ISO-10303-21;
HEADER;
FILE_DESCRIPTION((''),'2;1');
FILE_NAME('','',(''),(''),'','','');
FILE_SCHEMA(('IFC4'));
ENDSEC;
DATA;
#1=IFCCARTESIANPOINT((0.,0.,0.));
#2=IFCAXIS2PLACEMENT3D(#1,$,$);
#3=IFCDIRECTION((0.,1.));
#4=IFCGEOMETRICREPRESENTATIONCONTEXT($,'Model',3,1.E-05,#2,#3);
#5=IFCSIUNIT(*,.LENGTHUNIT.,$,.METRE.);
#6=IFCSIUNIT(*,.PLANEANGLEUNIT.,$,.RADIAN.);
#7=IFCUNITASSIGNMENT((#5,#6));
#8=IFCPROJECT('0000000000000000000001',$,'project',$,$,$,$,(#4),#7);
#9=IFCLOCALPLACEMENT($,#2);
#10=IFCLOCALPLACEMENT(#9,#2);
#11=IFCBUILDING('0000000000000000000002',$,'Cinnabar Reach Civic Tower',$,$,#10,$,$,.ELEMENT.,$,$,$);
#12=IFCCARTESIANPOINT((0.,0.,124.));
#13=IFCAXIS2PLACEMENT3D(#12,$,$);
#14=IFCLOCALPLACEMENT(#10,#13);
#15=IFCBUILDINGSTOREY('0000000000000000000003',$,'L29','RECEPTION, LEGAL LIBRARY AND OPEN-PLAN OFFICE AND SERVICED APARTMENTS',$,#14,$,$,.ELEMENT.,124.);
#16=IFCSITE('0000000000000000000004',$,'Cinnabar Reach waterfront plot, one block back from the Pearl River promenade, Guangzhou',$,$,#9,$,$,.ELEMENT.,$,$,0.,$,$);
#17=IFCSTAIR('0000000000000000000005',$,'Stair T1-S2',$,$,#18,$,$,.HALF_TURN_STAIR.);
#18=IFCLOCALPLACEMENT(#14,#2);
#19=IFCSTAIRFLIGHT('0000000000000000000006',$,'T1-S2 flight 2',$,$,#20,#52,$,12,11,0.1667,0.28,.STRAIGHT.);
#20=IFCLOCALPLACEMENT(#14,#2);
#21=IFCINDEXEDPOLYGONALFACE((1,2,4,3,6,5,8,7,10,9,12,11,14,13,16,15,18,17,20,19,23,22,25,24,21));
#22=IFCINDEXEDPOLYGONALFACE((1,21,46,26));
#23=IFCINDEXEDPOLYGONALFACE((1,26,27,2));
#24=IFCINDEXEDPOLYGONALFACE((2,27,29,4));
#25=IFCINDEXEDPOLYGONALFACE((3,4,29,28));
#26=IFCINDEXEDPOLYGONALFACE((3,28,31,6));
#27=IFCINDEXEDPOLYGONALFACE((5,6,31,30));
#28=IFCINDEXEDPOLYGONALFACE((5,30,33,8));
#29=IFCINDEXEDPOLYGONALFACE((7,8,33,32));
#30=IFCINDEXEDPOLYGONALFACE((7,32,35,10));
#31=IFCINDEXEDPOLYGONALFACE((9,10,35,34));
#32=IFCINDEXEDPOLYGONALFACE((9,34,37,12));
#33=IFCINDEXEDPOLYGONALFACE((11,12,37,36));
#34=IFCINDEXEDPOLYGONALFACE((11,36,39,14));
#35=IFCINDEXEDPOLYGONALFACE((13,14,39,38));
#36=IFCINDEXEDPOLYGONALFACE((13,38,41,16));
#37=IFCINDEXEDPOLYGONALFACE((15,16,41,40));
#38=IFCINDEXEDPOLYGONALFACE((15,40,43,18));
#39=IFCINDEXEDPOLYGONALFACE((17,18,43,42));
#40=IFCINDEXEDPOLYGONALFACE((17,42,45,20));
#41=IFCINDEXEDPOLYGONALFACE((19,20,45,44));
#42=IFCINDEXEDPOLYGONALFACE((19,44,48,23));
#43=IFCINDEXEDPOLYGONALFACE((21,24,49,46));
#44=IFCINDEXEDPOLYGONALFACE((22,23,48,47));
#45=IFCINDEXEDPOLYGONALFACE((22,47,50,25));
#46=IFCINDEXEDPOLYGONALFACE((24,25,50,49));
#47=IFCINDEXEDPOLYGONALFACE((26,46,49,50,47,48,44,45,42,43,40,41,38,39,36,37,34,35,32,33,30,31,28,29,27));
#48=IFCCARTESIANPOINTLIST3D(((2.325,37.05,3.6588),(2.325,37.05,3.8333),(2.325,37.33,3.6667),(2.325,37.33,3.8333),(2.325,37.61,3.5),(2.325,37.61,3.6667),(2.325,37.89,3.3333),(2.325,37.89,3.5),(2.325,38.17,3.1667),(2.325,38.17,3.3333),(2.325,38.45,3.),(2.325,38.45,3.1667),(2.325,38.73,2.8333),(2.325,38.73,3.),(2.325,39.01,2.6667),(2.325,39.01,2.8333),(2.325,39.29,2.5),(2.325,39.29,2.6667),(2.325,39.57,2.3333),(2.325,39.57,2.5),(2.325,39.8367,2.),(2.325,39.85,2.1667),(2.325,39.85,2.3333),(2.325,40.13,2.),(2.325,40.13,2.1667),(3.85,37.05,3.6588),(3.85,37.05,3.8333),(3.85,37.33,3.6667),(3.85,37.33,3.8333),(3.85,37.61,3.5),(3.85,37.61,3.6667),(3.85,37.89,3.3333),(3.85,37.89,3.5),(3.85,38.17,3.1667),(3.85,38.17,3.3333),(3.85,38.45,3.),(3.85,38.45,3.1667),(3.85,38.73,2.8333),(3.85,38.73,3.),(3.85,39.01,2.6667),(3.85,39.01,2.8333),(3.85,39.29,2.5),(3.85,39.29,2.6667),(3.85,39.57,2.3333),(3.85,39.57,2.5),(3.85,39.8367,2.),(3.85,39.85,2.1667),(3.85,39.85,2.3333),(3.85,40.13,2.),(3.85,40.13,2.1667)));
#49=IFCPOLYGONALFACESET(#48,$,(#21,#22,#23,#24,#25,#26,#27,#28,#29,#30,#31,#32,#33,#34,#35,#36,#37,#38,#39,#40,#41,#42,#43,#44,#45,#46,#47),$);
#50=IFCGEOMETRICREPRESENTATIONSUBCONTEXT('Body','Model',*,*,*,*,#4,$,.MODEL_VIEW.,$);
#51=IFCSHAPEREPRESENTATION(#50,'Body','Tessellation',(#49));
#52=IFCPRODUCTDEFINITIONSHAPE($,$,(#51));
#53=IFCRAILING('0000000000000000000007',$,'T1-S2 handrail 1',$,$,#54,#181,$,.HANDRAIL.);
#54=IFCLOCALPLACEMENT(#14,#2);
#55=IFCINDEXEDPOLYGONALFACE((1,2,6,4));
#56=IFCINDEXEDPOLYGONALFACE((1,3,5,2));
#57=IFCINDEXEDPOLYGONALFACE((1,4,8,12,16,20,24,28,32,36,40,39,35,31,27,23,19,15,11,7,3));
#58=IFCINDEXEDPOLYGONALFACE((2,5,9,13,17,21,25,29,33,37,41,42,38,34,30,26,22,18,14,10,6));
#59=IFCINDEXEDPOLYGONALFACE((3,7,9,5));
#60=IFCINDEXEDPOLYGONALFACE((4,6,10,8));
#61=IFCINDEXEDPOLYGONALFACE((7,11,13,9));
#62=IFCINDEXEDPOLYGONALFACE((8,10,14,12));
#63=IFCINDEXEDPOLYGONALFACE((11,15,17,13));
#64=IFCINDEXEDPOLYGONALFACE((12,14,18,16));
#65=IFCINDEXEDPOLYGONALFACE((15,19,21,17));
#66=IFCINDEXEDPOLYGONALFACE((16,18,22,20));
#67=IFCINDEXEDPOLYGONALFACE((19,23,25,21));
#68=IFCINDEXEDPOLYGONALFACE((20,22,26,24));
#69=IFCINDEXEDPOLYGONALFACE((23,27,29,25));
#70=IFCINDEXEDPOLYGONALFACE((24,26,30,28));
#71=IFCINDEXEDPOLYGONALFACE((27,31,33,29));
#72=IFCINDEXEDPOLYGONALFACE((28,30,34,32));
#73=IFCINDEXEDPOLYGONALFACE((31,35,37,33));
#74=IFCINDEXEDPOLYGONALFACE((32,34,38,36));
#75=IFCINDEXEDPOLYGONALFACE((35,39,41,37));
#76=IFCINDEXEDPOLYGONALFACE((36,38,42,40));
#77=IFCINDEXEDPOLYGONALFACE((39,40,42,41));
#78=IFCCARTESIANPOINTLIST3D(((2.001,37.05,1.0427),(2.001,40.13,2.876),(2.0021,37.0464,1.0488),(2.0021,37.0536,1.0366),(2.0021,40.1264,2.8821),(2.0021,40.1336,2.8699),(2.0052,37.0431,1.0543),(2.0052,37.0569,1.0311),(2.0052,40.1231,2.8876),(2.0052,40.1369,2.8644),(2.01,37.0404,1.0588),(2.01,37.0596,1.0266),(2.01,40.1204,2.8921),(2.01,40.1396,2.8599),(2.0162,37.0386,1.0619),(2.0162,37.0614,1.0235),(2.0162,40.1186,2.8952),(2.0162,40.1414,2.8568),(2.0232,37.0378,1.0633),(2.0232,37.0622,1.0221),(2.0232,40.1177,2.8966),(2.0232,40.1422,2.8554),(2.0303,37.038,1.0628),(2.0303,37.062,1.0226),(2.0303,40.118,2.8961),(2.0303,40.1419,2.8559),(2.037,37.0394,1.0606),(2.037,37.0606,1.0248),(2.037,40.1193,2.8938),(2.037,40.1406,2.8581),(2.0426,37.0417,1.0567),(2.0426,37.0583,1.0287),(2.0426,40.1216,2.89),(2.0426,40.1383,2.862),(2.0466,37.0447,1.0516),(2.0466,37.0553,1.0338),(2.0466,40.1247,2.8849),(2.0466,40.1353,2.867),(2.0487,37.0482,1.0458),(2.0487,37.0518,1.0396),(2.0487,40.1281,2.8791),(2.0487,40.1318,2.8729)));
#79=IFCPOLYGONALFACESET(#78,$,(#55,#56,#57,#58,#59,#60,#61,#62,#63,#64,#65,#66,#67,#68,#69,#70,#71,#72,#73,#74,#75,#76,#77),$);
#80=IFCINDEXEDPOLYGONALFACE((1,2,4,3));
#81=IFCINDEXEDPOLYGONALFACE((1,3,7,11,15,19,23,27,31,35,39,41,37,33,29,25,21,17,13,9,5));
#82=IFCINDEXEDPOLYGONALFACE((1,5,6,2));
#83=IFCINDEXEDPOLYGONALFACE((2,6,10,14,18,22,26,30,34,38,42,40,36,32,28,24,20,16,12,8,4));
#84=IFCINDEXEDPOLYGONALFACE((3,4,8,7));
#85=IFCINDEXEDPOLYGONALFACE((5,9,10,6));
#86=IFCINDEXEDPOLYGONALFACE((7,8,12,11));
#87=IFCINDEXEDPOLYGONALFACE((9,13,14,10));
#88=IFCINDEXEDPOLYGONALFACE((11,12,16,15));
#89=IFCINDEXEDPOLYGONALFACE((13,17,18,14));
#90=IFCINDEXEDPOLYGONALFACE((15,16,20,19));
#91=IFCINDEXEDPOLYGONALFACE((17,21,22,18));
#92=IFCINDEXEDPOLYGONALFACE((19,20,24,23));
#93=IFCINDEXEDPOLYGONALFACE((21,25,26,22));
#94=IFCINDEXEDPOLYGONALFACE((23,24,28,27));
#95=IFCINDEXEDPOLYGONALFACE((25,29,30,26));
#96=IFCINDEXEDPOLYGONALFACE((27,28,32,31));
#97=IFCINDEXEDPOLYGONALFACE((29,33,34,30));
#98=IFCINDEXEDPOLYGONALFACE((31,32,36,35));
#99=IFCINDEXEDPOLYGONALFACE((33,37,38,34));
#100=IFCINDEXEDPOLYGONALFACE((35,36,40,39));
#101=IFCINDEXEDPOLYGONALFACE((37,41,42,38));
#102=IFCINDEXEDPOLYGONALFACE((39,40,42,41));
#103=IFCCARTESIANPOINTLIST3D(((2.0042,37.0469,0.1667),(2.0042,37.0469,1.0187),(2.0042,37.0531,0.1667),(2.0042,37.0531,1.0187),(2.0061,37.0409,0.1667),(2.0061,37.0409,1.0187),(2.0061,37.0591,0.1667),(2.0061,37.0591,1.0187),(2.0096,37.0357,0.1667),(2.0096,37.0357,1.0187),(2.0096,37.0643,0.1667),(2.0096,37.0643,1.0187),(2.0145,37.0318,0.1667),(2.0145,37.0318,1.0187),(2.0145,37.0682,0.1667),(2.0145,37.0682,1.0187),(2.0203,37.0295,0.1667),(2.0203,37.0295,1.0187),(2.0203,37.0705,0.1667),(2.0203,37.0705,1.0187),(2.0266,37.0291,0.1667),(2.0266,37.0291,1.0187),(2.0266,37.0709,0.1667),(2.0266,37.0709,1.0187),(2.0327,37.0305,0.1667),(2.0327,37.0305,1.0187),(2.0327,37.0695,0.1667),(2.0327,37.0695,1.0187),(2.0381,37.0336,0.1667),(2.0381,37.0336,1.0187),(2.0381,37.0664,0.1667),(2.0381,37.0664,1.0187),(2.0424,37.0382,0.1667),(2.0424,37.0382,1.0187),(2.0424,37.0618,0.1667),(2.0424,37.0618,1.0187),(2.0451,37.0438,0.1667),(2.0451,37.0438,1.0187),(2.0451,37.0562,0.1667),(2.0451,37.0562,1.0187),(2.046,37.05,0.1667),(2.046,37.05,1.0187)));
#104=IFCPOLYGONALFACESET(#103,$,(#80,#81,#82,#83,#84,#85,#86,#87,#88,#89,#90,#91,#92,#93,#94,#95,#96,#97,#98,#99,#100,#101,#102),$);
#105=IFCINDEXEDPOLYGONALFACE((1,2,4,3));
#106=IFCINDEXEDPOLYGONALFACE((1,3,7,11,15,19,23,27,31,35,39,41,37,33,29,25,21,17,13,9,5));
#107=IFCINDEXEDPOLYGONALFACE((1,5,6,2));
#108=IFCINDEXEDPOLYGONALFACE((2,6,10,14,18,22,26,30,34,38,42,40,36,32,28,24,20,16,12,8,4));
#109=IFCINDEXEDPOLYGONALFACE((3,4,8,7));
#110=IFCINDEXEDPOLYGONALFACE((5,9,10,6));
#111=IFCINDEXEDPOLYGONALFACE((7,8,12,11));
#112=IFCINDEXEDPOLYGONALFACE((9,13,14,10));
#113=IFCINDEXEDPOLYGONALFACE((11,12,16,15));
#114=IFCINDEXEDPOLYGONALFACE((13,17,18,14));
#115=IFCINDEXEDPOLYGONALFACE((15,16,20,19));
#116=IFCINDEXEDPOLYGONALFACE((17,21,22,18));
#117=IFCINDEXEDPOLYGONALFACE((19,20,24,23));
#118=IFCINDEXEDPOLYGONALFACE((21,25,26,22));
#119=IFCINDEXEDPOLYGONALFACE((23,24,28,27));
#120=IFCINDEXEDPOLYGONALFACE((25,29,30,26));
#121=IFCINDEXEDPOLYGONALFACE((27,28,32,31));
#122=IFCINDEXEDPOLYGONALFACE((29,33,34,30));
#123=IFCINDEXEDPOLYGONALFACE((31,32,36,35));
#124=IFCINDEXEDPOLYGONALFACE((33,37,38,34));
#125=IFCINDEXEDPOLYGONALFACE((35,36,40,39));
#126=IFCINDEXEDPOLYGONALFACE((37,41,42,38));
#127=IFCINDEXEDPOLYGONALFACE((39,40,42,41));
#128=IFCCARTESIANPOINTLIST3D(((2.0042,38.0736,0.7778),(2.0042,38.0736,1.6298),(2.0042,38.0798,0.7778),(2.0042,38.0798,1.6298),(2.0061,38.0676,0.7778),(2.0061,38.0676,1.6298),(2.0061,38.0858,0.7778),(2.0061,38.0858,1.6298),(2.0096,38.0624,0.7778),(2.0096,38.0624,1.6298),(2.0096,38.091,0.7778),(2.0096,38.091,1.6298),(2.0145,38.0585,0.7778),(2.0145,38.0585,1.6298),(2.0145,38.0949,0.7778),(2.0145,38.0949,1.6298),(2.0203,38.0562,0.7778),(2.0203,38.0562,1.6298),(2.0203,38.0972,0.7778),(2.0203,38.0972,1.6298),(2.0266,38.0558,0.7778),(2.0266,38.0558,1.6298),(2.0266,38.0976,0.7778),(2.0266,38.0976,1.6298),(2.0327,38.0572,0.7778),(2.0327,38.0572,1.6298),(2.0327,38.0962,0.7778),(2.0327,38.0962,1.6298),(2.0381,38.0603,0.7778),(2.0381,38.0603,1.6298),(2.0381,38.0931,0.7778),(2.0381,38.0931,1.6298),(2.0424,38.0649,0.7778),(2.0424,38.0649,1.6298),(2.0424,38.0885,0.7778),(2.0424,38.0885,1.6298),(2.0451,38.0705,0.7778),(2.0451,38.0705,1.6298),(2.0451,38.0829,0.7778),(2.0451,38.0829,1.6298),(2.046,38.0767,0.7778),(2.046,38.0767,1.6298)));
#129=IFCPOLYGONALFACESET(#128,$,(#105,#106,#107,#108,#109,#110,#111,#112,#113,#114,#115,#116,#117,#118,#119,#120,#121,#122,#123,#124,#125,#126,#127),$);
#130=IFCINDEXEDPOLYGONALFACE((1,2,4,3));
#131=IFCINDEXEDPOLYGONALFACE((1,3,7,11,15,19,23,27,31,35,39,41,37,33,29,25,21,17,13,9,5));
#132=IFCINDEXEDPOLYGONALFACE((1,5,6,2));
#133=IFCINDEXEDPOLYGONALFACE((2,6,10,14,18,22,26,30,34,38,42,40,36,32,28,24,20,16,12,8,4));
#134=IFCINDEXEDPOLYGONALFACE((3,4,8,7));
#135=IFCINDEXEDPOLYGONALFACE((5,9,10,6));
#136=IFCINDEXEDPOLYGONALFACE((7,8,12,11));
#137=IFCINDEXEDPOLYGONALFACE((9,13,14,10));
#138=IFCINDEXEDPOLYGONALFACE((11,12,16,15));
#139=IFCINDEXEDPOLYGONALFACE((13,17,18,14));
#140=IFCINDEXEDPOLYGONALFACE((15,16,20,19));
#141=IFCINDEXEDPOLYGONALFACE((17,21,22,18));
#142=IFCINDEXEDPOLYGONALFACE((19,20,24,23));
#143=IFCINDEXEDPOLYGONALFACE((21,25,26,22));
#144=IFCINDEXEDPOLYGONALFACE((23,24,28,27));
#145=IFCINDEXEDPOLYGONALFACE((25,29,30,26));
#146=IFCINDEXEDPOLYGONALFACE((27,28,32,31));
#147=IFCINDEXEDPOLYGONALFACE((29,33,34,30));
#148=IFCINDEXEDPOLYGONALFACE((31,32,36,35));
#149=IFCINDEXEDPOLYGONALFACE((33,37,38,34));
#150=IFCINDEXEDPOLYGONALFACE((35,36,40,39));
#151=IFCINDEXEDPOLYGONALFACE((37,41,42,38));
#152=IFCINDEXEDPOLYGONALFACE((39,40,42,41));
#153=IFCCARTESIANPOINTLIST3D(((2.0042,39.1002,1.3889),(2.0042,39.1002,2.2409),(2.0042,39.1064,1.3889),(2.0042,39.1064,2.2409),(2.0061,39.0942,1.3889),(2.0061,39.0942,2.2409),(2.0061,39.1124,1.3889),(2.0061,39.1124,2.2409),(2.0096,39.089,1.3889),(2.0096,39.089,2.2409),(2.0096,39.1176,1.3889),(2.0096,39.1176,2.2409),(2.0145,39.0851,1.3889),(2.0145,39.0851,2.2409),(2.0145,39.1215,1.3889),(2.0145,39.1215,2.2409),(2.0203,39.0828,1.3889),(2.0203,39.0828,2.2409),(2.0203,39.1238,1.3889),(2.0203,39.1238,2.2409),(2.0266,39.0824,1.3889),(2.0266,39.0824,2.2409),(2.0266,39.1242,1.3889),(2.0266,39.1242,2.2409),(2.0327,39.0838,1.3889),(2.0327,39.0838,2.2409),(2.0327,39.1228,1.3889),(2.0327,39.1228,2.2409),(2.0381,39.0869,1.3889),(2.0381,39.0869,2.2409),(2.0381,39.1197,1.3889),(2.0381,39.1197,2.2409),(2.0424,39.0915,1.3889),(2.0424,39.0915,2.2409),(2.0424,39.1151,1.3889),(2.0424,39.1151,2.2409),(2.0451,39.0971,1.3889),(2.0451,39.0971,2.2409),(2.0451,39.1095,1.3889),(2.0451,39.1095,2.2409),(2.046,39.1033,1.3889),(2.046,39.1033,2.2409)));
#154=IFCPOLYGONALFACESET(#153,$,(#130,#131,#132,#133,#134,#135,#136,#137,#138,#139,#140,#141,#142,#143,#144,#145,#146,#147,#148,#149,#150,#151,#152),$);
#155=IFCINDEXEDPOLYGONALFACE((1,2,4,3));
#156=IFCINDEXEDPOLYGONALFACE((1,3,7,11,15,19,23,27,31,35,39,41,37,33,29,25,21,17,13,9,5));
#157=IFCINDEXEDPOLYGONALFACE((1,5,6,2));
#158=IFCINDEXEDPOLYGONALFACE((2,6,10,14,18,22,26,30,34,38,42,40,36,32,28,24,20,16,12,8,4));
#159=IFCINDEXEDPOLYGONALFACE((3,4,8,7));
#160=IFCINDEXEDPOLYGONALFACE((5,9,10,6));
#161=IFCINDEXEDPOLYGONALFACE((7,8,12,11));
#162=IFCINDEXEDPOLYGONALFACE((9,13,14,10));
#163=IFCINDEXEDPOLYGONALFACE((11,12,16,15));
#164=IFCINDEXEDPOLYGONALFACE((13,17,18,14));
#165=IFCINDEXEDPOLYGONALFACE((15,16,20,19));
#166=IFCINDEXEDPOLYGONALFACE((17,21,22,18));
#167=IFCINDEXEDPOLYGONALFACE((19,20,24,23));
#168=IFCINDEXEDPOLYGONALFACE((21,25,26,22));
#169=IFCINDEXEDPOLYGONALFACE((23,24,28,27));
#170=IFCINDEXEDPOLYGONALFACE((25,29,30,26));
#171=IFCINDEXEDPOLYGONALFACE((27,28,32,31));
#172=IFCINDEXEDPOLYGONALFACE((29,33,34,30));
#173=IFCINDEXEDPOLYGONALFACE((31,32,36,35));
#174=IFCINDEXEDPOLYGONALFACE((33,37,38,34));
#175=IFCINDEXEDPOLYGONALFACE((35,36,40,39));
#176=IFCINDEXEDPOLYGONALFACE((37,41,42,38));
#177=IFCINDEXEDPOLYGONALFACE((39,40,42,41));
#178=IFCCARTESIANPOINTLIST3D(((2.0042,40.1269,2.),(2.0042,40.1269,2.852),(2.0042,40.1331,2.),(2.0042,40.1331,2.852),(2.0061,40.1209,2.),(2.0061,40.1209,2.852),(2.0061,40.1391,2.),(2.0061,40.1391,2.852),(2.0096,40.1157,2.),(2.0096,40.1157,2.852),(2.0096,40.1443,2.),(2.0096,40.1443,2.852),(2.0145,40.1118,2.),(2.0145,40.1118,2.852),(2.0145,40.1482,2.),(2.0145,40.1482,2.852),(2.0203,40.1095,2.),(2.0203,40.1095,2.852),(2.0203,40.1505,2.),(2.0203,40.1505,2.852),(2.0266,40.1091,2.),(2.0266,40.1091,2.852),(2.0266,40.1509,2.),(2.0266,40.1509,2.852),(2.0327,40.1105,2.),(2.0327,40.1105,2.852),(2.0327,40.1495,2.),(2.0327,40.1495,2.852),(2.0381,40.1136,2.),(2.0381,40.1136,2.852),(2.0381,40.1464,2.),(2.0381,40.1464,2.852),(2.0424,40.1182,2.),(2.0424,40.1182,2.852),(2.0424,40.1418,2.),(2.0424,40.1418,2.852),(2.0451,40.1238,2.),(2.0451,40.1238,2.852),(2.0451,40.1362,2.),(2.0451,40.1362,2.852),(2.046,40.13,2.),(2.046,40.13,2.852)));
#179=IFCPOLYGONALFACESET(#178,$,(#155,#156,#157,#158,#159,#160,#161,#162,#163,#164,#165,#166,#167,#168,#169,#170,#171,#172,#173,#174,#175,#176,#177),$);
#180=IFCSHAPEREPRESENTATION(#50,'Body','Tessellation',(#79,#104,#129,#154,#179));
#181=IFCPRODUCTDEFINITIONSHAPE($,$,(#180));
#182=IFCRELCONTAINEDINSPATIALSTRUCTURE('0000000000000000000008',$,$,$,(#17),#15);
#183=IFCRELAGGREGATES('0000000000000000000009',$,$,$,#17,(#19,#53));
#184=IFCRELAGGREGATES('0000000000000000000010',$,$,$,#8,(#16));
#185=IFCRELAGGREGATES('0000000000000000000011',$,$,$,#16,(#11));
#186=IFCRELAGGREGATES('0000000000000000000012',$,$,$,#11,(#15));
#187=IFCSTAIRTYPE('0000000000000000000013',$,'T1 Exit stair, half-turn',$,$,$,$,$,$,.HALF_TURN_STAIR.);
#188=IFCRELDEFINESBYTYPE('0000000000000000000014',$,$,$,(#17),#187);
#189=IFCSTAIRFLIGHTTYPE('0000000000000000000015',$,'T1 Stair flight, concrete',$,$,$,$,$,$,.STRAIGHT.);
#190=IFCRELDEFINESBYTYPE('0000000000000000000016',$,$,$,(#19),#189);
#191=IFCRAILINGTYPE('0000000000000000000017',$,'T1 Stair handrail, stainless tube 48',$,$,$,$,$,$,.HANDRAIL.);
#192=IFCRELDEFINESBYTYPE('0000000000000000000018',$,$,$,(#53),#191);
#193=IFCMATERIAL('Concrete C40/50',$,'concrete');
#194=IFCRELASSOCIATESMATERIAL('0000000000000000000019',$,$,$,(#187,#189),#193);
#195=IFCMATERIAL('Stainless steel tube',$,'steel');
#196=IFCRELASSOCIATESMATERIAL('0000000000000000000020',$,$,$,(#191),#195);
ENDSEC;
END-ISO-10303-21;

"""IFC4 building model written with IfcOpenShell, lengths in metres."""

from ifc_helpers import new_model, si_unit, direction, frame, origin, origin_2d, place, context, subcontext, project, spatial, polyline, circle, outline, extrude, material, type_object, element, aggregate, save


model = new_model("IFC4")

# Units and contexts
model_context = context("Model", 3, precision=1e-05, world=origin(), true_north=direction((0.0, 1.0)))
body_context = subcontext(model_context, "Body", "Model", "MODEL_VIEW")
ifc_project = project(units=[si_unit("LENGTHUNIT", "METRE"), si_unit("PLANEANGLEUNIT", "RADIAN")], contexts=[model_context])

# Site, building, storey
site_placement = place(None, origin())
site = spatial("IfcSite", under=ifc_project, at=site_placement, Name="Cinnabar Reach waterfront plot, one block back from the Pearl River promenade, Guangzhou", CompositionType="ELEMENT", RefElevation=0.0)
building_placement = place(site_placement, origin())
building = spatial("IfcBuilding", under=site, at=building_placement, Name="Cinnabar Reach Civic Tower", CompositionType="ELEMENT")
storey_placement = place(building_placement, frame((0.0, 0.0, 124.0)))
storey = spatial("IfcBuildingStorey", under=building, at=storey_placement, Name="L29", Description="RECEPTION, LEGAL LIBRARY AND OPEN-PLAN OFFICE AND SERVICED APARTMENTS", CompositionType="ELEMENT", Elevation=124.0)

# Stair, stair flight, railing
ifc_material_1 = material(Name="Concrete C40/50", Category="concrete")
stair_type = type_object("IfcStairType", Name="T1 Exit stair, half-turn", PredefinedType="HALF_TURN_STAIR", material=ifc_material_1)
stair_placement = place(storey_placement, origin())
stair = element("IfcStair", 1, at=stair_placement, inside=storey, type_object=stair_type, Name="Stair T1-S2", PredefinedType="HALF_TURN_STAIR")
stair_flight_type = type_object("IfcStairFlightType", Name="T1 Stair flight, concrete", PredefinedType="STRAIGHT", material=ifc_material_1)
stair_flight_1_placement = place(storey_placement, frame((3.0875, 40.13, 2.0), z_axis=(0.0, 0.0, 1.0), x_axis=(0.0, -1.0, 0.0)))
stair_flight_1 = element("IfcStairFlight", 2, at=stair_flight_1_placement, type_object=stair_flight_type, Name="T1-S2 flight 2", NumberOfRisers=12, NumberOfTreads=11, PredefinedType="STRAIGHT", RiserHeight=0.1667, TreadLength=0.28, context=body_context, shape_type="SweptSolid", body=[
    extrude(outline(polyline([(0.0, 0.0), (0.0, 0.1667), (0.28, 0.1667), (0.28, 0.3333), (0.56, 0.3333), (0.56, 0.5), (0.84, 0.5), (0.84, 0.6667), (1.12, 0.6667), (1.12, 0.8333), (1.4, 0.8333), (1.4, 1.0), (1.68, 1.0), (1.68, 1.1667), (1.96, 1.1667), (1.96, 1.3333), (2.24, 1.3333), (2.24, 1.5), (2.52, 1.5), (2.52, 1.6667), (2.8, 1.6667), (2.8, 1.8333), (3.08, 1.8333), (3.08, 2.0), (3.08, 1.6588), (0.2933, 0.0), (0.0, 0.0)])), frame((0.0, 0.7625, 0.0), z_axis=(0.0, -1.0, 0.0), x_axis=(1.0, 0.0, 0.0)), (0.0, 0.0, 1.0), 1.525),
])
ifc_material_2 = material(Name="Stainless steel tube", Category="steel")
railing_type = type_object("IfcRailingType", Name="T1 Stair handrail, stainless tube 48", PredefinedType="HANDRAIL", material=ifc_material_2)
railing_1_placement = place(storey_placement, frame((2.025, 37.05, 0.1667)))
railing_1 = element("IfcRailing", 3, at=railing_1_placement, type_object=railing_type, Name="T1-S2 handrail 1", PredefinedType="HANDRAIL", context=body_context, shape_type="SweptSolid", body=[
    extrude(circle(Radius=0.024, at=origin_2d()), frame((0.0, 0.0, 0.876), z_axis=(0.0, 0.859297, 0.511477), x_axis=(-1.0, 0.0, 0.0)), (0.0, 0.0, 1.0), 3.5843),
    extrude(circle(Radius=0.021, at=origin_2d()), origin(), (0.0, 0.0, 1.0), 0.852),
    extrude(circle(Radius=0.021, at=origin_2d()), frame((0.0, 1.0267, 0.6111)), (0.0, 0.0, 1.0), 0.852),
    extrude(circle(Radius=0.021, at=origin_2d()), frame((0.0, 2.0533, 1.2222)), (0.0, 0.0, 1.0), 0.852),
    extrude(circle(Radius=0.021, at=origin_2d()), frame((0.0, 3.08, 1.8333)), (0.0, 0.0, 1.0), 0.852),
])
aggregate(stair, [stair_flight_1, railing_1])

save(model, "model.ifc")
